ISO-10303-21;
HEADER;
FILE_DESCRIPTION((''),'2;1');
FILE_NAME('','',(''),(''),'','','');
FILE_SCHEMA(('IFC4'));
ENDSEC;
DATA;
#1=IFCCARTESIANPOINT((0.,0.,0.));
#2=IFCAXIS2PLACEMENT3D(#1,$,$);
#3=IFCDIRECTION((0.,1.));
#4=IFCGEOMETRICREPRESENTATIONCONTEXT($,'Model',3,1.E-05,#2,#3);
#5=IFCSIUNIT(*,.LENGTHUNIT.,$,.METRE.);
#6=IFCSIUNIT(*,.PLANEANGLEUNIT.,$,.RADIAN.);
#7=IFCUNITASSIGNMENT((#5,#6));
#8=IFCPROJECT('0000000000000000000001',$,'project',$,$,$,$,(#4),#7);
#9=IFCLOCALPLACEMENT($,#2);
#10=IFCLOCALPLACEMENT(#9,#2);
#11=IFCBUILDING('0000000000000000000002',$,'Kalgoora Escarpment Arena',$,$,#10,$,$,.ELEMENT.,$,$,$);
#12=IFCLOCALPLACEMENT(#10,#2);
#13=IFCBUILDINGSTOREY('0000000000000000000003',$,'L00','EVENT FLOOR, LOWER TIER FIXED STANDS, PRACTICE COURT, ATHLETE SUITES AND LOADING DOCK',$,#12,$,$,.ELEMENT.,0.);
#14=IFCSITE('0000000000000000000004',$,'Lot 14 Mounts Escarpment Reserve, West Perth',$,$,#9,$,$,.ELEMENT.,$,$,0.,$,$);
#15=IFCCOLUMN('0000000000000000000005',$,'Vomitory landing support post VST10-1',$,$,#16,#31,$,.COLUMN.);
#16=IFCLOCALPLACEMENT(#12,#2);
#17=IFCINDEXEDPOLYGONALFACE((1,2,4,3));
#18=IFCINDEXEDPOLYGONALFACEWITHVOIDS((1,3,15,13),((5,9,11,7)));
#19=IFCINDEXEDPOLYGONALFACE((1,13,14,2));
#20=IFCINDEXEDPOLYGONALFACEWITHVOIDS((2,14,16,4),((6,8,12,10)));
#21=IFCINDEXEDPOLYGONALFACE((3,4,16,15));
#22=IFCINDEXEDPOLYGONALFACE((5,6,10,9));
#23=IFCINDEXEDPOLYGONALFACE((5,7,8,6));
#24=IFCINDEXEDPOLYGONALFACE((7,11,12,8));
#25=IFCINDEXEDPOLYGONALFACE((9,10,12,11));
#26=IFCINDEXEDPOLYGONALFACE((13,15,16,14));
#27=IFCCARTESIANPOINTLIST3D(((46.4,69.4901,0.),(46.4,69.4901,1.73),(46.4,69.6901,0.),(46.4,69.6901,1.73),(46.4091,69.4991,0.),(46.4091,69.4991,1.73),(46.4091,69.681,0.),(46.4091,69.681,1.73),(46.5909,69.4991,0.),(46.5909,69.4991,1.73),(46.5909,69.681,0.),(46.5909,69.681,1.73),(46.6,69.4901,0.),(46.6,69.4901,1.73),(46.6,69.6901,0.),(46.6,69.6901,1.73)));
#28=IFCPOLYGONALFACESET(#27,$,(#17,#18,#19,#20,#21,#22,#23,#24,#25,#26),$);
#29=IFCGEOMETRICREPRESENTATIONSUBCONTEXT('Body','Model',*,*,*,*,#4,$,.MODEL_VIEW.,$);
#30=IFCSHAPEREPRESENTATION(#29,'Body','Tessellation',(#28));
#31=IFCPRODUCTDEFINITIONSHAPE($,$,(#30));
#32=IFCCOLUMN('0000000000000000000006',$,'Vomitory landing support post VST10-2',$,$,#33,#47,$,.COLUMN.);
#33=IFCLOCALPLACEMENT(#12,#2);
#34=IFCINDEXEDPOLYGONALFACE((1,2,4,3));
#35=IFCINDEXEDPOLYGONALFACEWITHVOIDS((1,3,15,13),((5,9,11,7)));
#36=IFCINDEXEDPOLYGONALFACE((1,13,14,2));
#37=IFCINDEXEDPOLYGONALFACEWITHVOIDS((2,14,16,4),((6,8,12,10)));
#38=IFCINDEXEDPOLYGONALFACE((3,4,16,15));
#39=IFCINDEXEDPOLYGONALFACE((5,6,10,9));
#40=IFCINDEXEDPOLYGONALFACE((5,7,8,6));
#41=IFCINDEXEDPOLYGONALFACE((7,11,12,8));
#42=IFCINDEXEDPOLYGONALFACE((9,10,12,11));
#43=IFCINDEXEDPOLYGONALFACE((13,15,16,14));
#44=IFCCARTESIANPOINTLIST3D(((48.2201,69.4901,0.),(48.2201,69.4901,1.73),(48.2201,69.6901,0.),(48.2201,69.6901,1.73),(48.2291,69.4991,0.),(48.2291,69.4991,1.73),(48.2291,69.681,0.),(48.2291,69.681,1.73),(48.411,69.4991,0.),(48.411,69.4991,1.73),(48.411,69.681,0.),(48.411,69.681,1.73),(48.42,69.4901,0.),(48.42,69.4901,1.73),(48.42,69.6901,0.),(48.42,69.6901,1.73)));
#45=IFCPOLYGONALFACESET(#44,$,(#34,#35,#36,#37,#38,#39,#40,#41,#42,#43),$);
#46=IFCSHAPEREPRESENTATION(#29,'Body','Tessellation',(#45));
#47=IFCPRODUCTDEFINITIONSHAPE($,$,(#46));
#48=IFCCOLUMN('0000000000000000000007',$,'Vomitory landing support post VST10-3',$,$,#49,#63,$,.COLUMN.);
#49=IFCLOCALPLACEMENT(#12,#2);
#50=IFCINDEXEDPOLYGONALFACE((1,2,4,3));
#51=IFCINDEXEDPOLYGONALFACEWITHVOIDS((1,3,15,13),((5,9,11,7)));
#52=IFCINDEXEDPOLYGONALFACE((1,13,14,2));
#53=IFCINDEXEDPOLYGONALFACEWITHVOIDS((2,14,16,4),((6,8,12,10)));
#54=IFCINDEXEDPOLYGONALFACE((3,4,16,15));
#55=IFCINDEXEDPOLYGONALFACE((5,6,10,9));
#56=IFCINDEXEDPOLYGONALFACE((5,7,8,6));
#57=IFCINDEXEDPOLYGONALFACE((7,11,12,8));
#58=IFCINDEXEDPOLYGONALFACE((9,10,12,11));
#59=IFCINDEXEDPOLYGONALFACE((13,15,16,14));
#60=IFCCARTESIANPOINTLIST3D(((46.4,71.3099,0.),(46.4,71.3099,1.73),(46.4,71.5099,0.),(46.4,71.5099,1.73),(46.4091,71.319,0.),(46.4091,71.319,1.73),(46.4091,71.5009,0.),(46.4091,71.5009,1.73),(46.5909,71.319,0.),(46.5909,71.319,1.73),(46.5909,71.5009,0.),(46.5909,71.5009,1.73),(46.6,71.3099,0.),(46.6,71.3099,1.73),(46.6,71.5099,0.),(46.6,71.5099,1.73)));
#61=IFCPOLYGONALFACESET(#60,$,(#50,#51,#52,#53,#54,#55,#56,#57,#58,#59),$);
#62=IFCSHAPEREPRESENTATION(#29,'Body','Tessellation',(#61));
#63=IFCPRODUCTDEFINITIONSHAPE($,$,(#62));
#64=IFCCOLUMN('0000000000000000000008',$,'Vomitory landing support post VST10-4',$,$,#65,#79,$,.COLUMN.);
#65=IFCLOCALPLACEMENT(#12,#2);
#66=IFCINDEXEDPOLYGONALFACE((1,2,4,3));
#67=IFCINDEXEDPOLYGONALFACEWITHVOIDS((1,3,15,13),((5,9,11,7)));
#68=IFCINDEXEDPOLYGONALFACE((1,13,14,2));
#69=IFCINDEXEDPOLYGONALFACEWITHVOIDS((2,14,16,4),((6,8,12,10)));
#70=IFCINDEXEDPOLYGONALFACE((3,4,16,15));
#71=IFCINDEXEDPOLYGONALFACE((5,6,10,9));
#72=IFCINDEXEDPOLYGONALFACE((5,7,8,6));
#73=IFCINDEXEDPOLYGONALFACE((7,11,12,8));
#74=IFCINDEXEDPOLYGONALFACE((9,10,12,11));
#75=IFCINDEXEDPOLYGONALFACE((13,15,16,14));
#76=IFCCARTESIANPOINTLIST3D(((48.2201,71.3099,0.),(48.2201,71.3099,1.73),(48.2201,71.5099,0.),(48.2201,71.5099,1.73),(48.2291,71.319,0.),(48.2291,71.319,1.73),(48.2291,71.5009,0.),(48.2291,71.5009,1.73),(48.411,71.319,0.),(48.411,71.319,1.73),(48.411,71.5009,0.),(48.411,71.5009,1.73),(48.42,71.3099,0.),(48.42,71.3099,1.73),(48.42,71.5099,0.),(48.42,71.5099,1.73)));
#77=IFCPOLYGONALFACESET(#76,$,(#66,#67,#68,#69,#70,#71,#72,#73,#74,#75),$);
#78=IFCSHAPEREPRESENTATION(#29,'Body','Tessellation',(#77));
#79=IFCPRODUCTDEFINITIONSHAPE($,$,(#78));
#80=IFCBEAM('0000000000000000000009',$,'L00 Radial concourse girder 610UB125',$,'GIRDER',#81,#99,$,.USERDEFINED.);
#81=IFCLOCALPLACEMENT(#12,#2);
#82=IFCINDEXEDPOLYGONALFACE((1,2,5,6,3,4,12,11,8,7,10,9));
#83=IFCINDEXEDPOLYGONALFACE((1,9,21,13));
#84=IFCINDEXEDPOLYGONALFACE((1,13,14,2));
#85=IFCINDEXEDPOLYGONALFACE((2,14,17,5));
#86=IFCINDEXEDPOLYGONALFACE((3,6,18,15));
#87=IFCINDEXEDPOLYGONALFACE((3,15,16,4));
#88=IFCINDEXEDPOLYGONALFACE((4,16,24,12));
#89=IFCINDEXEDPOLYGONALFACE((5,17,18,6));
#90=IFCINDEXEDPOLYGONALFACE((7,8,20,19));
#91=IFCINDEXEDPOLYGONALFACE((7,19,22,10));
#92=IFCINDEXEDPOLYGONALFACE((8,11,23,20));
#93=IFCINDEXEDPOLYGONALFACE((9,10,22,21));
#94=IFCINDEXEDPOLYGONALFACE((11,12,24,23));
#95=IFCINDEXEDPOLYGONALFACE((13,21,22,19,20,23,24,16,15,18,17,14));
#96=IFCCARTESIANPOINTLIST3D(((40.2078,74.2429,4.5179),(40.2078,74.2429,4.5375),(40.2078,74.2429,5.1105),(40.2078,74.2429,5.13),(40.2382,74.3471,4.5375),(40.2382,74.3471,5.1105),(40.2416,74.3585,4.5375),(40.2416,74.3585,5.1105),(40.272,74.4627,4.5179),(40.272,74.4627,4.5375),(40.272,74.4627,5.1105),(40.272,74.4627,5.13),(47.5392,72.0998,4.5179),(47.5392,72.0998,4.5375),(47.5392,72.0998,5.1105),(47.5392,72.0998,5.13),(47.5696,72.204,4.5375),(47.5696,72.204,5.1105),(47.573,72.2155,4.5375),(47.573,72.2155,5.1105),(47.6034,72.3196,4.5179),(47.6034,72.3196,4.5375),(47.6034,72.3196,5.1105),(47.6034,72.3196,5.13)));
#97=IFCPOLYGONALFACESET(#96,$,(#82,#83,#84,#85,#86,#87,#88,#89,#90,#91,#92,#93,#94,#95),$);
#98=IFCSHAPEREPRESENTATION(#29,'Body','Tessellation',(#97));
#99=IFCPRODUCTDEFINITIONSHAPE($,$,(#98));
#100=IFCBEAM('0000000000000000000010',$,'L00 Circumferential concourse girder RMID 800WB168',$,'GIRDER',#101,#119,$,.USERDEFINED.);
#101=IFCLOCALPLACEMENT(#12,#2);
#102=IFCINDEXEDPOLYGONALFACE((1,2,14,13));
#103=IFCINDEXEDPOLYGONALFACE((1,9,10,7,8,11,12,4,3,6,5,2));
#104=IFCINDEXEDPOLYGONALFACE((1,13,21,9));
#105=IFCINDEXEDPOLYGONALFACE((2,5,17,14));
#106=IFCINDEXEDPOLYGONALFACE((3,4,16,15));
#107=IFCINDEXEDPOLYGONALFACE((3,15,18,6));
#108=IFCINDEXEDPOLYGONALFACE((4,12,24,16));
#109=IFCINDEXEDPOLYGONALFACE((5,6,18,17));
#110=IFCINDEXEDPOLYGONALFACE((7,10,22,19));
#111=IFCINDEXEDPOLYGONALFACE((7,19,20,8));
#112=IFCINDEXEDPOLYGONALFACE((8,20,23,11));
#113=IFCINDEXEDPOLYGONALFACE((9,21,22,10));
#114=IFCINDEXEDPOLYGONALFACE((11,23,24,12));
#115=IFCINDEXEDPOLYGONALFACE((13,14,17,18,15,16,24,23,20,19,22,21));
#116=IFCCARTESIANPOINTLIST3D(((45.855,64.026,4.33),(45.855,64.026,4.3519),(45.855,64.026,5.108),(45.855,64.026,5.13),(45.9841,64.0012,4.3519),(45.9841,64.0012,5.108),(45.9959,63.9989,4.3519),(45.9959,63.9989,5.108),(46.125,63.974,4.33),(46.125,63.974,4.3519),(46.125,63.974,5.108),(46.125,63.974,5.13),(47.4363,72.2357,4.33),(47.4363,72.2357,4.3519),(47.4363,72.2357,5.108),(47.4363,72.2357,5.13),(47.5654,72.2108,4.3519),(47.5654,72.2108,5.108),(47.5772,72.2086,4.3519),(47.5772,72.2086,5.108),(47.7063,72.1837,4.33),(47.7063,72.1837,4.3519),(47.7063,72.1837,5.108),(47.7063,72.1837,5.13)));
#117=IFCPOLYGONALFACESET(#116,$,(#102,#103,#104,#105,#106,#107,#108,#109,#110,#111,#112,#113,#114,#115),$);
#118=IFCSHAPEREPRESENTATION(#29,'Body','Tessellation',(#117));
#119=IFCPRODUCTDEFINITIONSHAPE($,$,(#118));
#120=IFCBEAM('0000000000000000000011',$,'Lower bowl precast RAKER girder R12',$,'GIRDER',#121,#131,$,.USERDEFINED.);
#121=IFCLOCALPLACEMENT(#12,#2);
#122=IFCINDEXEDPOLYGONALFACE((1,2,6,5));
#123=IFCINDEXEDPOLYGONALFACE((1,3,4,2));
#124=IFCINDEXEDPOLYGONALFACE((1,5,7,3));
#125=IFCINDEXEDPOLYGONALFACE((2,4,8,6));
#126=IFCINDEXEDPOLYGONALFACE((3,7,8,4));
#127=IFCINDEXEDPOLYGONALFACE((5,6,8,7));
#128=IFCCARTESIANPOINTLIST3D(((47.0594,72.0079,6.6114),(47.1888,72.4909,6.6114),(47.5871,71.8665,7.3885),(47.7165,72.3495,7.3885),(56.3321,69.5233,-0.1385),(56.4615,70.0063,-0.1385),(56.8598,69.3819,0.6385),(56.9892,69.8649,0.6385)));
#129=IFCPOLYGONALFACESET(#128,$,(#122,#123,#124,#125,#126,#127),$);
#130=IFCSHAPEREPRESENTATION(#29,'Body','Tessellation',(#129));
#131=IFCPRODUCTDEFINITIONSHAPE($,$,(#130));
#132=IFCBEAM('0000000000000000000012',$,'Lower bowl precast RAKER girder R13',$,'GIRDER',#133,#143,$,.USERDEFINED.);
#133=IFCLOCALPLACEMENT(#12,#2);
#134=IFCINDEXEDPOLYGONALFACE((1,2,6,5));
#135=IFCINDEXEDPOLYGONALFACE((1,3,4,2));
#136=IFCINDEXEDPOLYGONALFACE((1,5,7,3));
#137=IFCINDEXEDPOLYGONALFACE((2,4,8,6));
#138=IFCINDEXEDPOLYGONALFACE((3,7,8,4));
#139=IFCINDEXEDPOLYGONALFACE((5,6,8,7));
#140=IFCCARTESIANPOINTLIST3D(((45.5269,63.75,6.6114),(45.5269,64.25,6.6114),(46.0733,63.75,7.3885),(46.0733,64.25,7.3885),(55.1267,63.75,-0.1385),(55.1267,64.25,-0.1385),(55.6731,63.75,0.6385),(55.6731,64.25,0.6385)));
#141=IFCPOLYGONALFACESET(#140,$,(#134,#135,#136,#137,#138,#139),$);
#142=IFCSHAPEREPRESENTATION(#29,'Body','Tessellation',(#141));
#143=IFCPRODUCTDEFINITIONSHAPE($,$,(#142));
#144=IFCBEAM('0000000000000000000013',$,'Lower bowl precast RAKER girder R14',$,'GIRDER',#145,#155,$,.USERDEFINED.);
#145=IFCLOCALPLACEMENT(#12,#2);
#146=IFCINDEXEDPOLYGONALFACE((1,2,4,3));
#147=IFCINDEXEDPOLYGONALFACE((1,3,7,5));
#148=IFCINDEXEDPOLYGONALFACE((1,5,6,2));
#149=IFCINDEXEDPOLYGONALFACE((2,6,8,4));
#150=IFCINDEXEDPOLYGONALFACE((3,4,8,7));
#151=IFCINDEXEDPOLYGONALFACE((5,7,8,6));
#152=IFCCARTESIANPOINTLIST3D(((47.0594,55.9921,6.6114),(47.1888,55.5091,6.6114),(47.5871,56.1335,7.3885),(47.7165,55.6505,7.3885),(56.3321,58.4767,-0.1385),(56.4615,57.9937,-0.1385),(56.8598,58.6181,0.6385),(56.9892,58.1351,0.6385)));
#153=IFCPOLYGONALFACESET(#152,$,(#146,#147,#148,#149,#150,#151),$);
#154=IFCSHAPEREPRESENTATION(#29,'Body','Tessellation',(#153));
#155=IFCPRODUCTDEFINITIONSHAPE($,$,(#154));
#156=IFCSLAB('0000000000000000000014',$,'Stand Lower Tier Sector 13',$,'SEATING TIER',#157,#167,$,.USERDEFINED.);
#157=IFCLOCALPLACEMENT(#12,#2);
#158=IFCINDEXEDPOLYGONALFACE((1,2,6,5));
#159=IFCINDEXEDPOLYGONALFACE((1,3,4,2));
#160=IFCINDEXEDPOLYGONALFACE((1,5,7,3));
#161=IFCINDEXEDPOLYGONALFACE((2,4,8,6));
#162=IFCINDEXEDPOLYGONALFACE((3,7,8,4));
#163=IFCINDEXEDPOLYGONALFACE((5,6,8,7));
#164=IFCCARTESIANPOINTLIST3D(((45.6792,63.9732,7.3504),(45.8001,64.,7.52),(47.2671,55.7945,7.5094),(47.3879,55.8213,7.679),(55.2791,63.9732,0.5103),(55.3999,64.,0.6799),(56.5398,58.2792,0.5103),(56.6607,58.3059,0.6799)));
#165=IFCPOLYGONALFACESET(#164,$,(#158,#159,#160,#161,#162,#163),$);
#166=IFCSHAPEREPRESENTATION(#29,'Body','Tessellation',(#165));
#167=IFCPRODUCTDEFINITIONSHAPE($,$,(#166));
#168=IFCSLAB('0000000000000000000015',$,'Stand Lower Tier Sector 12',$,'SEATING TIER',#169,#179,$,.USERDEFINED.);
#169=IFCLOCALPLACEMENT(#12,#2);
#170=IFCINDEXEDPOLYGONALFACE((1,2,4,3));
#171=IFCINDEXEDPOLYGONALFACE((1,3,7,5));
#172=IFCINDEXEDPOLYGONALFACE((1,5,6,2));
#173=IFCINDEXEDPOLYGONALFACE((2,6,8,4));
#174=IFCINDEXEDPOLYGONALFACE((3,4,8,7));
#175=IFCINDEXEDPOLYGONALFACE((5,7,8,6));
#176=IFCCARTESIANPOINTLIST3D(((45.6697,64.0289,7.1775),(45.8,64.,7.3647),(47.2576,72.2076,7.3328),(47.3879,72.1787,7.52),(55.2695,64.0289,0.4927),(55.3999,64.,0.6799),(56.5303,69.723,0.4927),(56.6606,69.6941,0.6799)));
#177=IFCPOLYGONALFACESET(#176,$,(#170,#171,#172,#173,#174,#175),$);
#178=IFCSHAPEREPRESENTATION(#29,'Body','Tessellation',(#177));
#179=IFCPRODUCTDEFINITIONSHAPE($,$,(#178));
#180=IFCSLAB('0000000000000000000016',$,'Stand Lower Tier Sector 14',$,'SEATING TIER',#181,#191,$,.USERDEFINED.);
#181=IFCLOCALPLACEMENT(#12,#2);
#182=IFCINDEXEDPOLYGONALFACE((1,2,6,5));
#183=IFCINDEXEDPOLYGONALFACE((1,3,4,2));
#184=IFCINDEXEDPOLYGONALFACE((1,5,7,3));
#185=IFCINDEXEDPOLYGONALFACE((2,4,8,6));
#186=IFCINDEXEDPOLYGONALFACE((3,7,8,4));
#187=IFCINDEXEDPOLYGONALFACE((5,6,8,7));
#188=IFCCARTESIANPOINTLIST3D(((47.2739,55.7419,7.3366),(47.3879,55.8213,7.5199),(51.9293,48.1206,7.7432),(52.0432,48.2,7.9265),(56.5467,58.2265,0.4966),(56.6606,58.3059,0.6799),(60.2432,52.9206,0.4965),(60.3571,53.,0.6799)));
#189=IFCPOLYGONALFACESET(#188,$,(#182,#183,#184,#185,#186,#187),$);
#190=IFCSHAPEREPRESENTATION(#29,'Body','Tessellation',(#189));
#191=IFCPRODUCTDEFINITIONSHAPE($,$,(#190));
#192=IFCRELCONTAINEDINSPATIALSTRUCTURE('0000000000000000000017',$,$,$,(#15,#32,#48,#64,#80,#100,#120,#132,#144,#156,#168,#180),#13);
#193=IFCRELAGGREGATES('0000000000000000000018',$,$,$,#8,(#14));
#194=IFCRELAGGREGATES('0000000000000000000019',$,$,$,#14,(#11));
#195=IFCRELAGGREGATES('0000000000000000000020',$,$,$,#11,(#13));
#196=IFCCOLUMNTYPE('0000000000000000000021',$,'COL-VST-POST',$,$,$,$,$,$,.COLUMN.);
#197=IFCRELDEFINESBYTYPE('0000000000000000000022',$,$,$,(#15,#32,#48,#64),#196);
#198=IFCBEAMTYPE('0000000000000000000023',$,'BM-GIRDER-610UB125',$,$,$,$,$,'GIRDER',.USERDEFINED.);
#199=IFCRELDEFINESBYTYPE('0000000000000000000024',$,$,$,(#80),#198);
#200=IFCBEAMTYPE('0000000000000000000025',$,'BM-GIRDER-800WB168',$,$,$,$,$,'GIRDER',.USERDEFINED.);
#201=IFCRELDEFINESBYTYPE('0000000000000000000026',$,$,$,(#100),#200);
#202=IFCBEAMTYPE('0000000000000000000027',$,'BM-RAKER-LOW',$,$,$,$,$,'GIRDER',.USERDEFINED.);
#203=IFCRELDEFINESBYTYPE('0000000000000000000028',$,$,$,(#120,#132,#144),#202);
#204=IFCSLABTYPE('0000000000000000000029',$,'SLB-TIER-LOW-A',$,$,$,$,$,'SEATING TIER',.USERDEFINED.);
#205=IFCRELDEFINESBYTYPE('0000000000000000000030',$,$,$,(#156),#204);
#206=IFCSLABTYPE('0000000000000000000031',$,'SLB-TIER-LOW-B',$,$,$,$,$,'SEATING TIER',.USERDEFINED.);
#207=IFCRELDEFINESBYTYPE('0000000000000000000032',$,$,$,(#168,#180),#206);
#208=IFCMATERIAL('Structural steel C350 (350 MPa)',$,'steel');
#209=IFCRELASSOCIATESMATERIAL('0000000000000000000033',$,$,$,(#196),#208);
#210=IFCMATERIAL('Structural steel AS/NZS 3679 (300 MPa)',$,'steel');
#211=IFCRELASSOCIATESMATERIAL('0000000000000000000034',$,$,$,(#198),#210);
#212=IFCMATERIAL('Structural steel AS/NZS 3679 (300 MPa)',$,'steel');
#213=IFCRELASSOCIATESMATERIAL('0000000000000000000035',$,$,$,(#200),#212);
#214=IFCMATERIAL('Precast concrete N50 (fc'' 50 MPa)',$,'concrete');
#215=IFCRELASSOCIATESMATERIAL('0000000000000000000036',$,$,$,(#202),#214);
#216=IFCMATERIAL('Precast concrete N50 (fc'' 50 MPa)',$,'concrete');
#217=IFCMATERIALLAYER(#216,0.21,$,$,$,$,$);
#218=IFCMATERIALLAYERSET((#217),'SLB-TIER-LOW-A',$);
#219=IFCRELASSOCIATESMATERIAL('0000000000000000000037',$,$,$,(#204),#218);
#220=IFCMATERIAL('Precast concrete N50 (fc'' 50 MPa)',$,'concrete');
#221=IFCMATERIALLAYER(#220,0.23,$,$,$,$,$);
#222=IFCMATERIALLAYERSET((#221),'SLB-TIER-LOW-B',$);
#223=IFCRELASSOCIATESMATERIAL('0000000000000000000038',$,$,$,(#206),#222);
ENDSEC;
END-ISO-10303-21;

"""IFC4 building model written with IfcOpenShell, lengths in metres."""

from ifc_helpers import new_model, si_unit, direction, frame, origin, origin_2d, place, context, subcontext, project, spatial, polyline, rectangle, hollow_rectangle, i_section, outline, extrude, material, layer, layer_set, material_profile, profile_set, type_object, element, save


model = new_model("IFC4")

# Units and contexts
model_context = context("Model", 3, precision=1e-05, world=origin(), true_north=direction((0.0, 1.0)))
body_context = subcontext(model_context, "Body", "Model", "MODEL_VIEW")
ifc_project = project(units=[si_unit("LENGTHUNIT", "METRE"), si_unit("PLANEANGLEUNIT", "RADIAN")], contexts=[model_context])

# Site, building, storey
site_placement = place(None, origin())
site = spatial("IfcSite", under=ifc_project, at=site_placement, Name="Lot 14 Mounts Escarpment Reserve, West Perth", CompositionType="ELEMENT", RefElevation=0.0)
building_placement = place(site_placement, origin())
building = spatial("IfcBuilding", under=site, at=building_placement, Name="Kalgoora Escarpment Arena", CompositionType="ELEMENT")
storey_placement = place(building_placement, origin())
storey = spatial("IfcBuildingStorey", under=building, at=storey_placement, Name="L00", Description="EVENT FLOOR, LOWER TIER FIXED STANDS, PRACTICE COURT, ATHLETE SUITES AND LOADING DOCK", CompositionType="ELEMENT", Elevation=0.0)

# Columns
ifc_material_1 = material(Name="Structural steel C350 (350 MPa)", Category="steel")
ifc_material_profile_1 = material_profile(ifc_material_1, hollow_rectangle(XDim=0.2, YDim=0.2, WallThickness=0.009, at=origin_2d()))
ifc_profile_set_1 = profile_set([ifc_material_profile_1], Name="Structural steel C350 (350 MPa)")
column_type_1 = type_object("IfcColumnType", Name="COL-VST-POST", PredefinedType="COLUMN", material=ifc_profile_set_1)
for number, where, z_axis, x_axis, name in (
    (1, (46.5, 69.5901, 0.0), (0.0, 0.0, 1.0), (1.0, 0.0, 0.0), "Vomitory landing support post VST10-1"),
    (2, (48.3201, 69.5901, 0.0), (0.0, 0.0, 1.0), (1.0, 0.0, 0.0), "Vomitory landing support post VST10-2"),
    (3, (46.5, 71.4099, 0.0), (0.0, 0.0, 1.0), (1.0, 0.0, 0.0), "Vomitory landing support post VST10-3"),
    (4, (48.3201, 71.4099, 0.0), (0.0, 0.0, 1.0), (1.0, 0.0, 0.0), "Vomitory landing support post VST10-4"),
):
    element("IfcColumn", number, at=place(storey_placement, frame(where, z_axis=z_axis, x_axis=x_axis)), inside=storey, type_object=column_type_1, Name=name, PredefinedType="COLUMN", context=body_context, shape_type="SweptSolid", body=[
        extrude(hollow_rectangle(XDim=0.2, YDim=0.2, WallThickness=0.009, at=origin_2d()), origin(), (0.0, 0.0, 1.0), 1.73),
    ])

# Beams
ifc_material_2 = material(Name="Structural steel AS/NZS 3679 (300 MPa)", Category="steel")
ifc_material_profile_2 = material_profile(ifc_material_2, i_section(OverallWidth=0.229, OverallDepth=0.6121, WebThickness=0.012, FlangeThickness=0.0195, at=origin_2d()))
ifc_profile_set_2 = profile_set([ifc_material_profile_2], Name="Structural steel AS/NZS 3679 (300 MPa)")
beam_type_1 = type_object("IfcBeamType", Name="BM-GIRDER-610UB125", ElementType="GIRDER", PredefinedType="USERDEFINED", material=ifc_profile_set_2)
beam_1_placement = place(storey_placement, frame((47.5713, 72.2097, 4.824), z_axis=(-0.959832, 0.280576, 0.0), x_axis=(-0.280576, -0.959832, 0.0)))
element("IfcBeam", 5, at=beam_1_placement, inside=storey, type_object=beam_type_1, Name="L00 Radial concourse girder 610UB125", ObjectType="GIRDER", PredefinedType="USERDEFINED", context=body_context, shape_type="SweptSolid", body=[
    extrude(i_section(OverallWidth=0.229, OverallDepth=0.6121, WebThickness=0.012, FlangeThickness=0.0195, at=origin_2d()), origin(), (0.0, 0.0, 1.0), 7.6382),
])
ifc_material_3 = material(Name="Structural steel AS/NZS 3679 (300 MPa)", Category="steel")
ifc_material_profile_3 = material_profile(ifc_material_3, i_section(OverallWidth=0.2749, OverallDepth=0.8, WebThickness=0.012, FlangeThickness=0.022, at=origin_2d()))
ifc_profile_set_3 = profile_set([ifc_material_profile_3], Name="Structural steel AS/NZS 3679 (300 MPa)")
beam_type_2 = type_object("IfcBeamType", Name="BM-GIRDER-800WB168", ElementType="GIRDER", PredefinedType="USERDEFINED", material=ifc_profile_set_3)
beam_2_placement = place(storey_placement, frame((47.5713, 72.2097, 4.73), z_axis=(-0.189137, -0.981951, 0.0), x_axis=(0.981951, -0.189137, 0.0)))
element("IfcBeam", 6, at=beam_2_placement, inside=storey, type_object=beam_type_2, Name="L00 Circumferential concourse girder RMID 800WB168", ObjectType="GIRDER", PredefinedType="USERDEFINED", context=body_context, shape_type="SweptSolid", body=[
    extrude(i_section(OverallWidth=0.2749, OverallDepth=0.8, WebThickness=0.012, FlangeThickness=0.022, at=origin_2d()), origin(), (0.0, 0.0, 1.0), 8.3606),
])
ifc_material_4 = material(Name="Precast concrete N50 (fc' 50 MPa)", Category="concrete")
ifc_material_profile_4 = material_profile(ifc_material_4, rectangle(XDim=0.5, YDim=0.95, at=origin_2d()))
ifc_profile_set_4 = profile_set([ifc_material_profile_4], Name="Precast concrete N50 (fc' 50 MPa)")
beam_type_3 = type_object("IfcBeamType", Name="BM-RAKER-LOW", ElementType="GIRDER", PredefinedType="USERDEFINED", material=ifc_profile_set_4)
for number, where, z_axis, x_axis, name in (
    (7, (56.6606, 69.6941, 0.25), (-0.79015, 0.211721, 0.575184), (-0.25882, -0.965926, 0.0), "Lower bowl precast RAKER girder R12"),
    (8, (55.3999, 64.0, 0.25), (-0.818025, 0.0, 0.575183), (0.0, -1.0, 0.0), "Lower bowl precast RAKER girder R13"),
    (9, (56.6606, 58.3059, 0.25), (-0.79015, -0.211721, 0.575184), (0.25882, -0.965926, 0.0), "Lower bowl precast RAKER girder R14"),
):
    element("IfcBeam", number, at=place(storey_placement, frame(where, z_axis=z_axis, x_axis=x_axis)), inside=storey, type_object=beam_type_3, Name=name, ObjectType="GIRDER", PredefinedType="USERDEFINED", context=body_context, shape_type="SweptSolid", body=[
        extrude(rectangle(XDim=0.5, YDim=0.95, at=origin_2d()), origin(), (0.0, 0.0, 1.0), 11.7354),
    ])

# Slabs
ifc_material_5 = material(Name="Precast concrete N50 (fc' 50 MPa)", Category="concrete")
ifc_layer_1 = layer(ifc_material_5, 0.21)
ifc_layer_set_1 = layer_set([ifc_layer_1], Name="SLB-TIER-LOW-A")
slab_type_1 = type_object("IfcSlabType", Name="SLB-TIER-LOW-A", ElementType="SEATING TIER", PredefinedType="USERDEFINED", material=ifc_layer_set_1)
slab_1_placement = place(storey_placement, frame((55.3999, 64.0, 0.6799), z_axis=(0.575556, 0.127439, 0.807772), x_axis=(0.216179, -0.976354, 0.000003)))
element("IfcSlab", 10, at=slab_1_placement, inside=storey, type_object=slab_type_1, Name="Stand Lower Tier Sector 13", ObjectType="SEATING TIER", PredefinedType="USERDEFINED", context=body_context, shape_type="SweptSolid", body=[
    extrude(outline(polyline([(0.0, 0.0), (5.832, 0.0), (6.2533, -11.8729), (-2.0753, -11.6033), (0.0, 0.0)])), origin(), (0.0, 0.0, -1.0), 0.21),
])
ifc_material_6 = material(Name="Precast concrete N50 (fc' 50 MPa)", Category="concrete")
ifc_layer_2 = layer(ifc_material_6, 0.23)
ifc_layer_set_2 = layer_set([ifc_layer_2], Name="SLB-TIER-LOW-B")
slab_type_2 = type_object("IfcSlabType", Name="SLB-TIER-LOW-B", ElementType="SEATING TIER", PredefinedType="USERDEFINED", material=ifc_layer_set_2)
slab_2_placement = place(storey_placement, frame((56.6606, 69.6941, 0.6799), z_axis=(0.566928, -0.125525, 0.814147), x_axis=(-0.216177, -0.976354, 0.0)))
element("IfcSlab", 11, at=slab_2_placement, inside=storey, type_object=slab_type_2, Name="Stand Lower Tier Sector 12", ObjectType="SEATING TIER", PredefinedType="USERDEFINED", context=body_context, shape_type="SweptSolid", body=[
    extrude(outline(polyline([(0.0, 0.0), (5.832, 0.0), (7.9073, -11.5125), (-0.4213, -11.7799), (0.0, 0.0)])), origin(), (0.0, 0.0, -1.0), 0.23),
])
slab_3_placement = place(storey_placement, frame((56.6606, 58.3059, 0.6799), z_axis=(0.495481, 0.345176, 0.79709), x_axis=(0.571627, -0.820514, -0.000011)))
element("IfcSlab", 12, at=slab_3_placement, inside=storey, type_object=slab_type_2, Name="Stand Lower Tier Sector 14", ObjectType="SEATING TIER", PredefinedType="USERDEFINED", context=body_context, shape_type="SweptSolid", body=[
    extrude(outline(polyline([(0.0, 0.0), (6.4666, 0.0), (5.6525, -12.0005), (-3.2619, -11.3271), (0.0, 0.0)])), origin(), (0.0, 0.0, -1.0), 0.23),
])

save(model, "model.ifc")
